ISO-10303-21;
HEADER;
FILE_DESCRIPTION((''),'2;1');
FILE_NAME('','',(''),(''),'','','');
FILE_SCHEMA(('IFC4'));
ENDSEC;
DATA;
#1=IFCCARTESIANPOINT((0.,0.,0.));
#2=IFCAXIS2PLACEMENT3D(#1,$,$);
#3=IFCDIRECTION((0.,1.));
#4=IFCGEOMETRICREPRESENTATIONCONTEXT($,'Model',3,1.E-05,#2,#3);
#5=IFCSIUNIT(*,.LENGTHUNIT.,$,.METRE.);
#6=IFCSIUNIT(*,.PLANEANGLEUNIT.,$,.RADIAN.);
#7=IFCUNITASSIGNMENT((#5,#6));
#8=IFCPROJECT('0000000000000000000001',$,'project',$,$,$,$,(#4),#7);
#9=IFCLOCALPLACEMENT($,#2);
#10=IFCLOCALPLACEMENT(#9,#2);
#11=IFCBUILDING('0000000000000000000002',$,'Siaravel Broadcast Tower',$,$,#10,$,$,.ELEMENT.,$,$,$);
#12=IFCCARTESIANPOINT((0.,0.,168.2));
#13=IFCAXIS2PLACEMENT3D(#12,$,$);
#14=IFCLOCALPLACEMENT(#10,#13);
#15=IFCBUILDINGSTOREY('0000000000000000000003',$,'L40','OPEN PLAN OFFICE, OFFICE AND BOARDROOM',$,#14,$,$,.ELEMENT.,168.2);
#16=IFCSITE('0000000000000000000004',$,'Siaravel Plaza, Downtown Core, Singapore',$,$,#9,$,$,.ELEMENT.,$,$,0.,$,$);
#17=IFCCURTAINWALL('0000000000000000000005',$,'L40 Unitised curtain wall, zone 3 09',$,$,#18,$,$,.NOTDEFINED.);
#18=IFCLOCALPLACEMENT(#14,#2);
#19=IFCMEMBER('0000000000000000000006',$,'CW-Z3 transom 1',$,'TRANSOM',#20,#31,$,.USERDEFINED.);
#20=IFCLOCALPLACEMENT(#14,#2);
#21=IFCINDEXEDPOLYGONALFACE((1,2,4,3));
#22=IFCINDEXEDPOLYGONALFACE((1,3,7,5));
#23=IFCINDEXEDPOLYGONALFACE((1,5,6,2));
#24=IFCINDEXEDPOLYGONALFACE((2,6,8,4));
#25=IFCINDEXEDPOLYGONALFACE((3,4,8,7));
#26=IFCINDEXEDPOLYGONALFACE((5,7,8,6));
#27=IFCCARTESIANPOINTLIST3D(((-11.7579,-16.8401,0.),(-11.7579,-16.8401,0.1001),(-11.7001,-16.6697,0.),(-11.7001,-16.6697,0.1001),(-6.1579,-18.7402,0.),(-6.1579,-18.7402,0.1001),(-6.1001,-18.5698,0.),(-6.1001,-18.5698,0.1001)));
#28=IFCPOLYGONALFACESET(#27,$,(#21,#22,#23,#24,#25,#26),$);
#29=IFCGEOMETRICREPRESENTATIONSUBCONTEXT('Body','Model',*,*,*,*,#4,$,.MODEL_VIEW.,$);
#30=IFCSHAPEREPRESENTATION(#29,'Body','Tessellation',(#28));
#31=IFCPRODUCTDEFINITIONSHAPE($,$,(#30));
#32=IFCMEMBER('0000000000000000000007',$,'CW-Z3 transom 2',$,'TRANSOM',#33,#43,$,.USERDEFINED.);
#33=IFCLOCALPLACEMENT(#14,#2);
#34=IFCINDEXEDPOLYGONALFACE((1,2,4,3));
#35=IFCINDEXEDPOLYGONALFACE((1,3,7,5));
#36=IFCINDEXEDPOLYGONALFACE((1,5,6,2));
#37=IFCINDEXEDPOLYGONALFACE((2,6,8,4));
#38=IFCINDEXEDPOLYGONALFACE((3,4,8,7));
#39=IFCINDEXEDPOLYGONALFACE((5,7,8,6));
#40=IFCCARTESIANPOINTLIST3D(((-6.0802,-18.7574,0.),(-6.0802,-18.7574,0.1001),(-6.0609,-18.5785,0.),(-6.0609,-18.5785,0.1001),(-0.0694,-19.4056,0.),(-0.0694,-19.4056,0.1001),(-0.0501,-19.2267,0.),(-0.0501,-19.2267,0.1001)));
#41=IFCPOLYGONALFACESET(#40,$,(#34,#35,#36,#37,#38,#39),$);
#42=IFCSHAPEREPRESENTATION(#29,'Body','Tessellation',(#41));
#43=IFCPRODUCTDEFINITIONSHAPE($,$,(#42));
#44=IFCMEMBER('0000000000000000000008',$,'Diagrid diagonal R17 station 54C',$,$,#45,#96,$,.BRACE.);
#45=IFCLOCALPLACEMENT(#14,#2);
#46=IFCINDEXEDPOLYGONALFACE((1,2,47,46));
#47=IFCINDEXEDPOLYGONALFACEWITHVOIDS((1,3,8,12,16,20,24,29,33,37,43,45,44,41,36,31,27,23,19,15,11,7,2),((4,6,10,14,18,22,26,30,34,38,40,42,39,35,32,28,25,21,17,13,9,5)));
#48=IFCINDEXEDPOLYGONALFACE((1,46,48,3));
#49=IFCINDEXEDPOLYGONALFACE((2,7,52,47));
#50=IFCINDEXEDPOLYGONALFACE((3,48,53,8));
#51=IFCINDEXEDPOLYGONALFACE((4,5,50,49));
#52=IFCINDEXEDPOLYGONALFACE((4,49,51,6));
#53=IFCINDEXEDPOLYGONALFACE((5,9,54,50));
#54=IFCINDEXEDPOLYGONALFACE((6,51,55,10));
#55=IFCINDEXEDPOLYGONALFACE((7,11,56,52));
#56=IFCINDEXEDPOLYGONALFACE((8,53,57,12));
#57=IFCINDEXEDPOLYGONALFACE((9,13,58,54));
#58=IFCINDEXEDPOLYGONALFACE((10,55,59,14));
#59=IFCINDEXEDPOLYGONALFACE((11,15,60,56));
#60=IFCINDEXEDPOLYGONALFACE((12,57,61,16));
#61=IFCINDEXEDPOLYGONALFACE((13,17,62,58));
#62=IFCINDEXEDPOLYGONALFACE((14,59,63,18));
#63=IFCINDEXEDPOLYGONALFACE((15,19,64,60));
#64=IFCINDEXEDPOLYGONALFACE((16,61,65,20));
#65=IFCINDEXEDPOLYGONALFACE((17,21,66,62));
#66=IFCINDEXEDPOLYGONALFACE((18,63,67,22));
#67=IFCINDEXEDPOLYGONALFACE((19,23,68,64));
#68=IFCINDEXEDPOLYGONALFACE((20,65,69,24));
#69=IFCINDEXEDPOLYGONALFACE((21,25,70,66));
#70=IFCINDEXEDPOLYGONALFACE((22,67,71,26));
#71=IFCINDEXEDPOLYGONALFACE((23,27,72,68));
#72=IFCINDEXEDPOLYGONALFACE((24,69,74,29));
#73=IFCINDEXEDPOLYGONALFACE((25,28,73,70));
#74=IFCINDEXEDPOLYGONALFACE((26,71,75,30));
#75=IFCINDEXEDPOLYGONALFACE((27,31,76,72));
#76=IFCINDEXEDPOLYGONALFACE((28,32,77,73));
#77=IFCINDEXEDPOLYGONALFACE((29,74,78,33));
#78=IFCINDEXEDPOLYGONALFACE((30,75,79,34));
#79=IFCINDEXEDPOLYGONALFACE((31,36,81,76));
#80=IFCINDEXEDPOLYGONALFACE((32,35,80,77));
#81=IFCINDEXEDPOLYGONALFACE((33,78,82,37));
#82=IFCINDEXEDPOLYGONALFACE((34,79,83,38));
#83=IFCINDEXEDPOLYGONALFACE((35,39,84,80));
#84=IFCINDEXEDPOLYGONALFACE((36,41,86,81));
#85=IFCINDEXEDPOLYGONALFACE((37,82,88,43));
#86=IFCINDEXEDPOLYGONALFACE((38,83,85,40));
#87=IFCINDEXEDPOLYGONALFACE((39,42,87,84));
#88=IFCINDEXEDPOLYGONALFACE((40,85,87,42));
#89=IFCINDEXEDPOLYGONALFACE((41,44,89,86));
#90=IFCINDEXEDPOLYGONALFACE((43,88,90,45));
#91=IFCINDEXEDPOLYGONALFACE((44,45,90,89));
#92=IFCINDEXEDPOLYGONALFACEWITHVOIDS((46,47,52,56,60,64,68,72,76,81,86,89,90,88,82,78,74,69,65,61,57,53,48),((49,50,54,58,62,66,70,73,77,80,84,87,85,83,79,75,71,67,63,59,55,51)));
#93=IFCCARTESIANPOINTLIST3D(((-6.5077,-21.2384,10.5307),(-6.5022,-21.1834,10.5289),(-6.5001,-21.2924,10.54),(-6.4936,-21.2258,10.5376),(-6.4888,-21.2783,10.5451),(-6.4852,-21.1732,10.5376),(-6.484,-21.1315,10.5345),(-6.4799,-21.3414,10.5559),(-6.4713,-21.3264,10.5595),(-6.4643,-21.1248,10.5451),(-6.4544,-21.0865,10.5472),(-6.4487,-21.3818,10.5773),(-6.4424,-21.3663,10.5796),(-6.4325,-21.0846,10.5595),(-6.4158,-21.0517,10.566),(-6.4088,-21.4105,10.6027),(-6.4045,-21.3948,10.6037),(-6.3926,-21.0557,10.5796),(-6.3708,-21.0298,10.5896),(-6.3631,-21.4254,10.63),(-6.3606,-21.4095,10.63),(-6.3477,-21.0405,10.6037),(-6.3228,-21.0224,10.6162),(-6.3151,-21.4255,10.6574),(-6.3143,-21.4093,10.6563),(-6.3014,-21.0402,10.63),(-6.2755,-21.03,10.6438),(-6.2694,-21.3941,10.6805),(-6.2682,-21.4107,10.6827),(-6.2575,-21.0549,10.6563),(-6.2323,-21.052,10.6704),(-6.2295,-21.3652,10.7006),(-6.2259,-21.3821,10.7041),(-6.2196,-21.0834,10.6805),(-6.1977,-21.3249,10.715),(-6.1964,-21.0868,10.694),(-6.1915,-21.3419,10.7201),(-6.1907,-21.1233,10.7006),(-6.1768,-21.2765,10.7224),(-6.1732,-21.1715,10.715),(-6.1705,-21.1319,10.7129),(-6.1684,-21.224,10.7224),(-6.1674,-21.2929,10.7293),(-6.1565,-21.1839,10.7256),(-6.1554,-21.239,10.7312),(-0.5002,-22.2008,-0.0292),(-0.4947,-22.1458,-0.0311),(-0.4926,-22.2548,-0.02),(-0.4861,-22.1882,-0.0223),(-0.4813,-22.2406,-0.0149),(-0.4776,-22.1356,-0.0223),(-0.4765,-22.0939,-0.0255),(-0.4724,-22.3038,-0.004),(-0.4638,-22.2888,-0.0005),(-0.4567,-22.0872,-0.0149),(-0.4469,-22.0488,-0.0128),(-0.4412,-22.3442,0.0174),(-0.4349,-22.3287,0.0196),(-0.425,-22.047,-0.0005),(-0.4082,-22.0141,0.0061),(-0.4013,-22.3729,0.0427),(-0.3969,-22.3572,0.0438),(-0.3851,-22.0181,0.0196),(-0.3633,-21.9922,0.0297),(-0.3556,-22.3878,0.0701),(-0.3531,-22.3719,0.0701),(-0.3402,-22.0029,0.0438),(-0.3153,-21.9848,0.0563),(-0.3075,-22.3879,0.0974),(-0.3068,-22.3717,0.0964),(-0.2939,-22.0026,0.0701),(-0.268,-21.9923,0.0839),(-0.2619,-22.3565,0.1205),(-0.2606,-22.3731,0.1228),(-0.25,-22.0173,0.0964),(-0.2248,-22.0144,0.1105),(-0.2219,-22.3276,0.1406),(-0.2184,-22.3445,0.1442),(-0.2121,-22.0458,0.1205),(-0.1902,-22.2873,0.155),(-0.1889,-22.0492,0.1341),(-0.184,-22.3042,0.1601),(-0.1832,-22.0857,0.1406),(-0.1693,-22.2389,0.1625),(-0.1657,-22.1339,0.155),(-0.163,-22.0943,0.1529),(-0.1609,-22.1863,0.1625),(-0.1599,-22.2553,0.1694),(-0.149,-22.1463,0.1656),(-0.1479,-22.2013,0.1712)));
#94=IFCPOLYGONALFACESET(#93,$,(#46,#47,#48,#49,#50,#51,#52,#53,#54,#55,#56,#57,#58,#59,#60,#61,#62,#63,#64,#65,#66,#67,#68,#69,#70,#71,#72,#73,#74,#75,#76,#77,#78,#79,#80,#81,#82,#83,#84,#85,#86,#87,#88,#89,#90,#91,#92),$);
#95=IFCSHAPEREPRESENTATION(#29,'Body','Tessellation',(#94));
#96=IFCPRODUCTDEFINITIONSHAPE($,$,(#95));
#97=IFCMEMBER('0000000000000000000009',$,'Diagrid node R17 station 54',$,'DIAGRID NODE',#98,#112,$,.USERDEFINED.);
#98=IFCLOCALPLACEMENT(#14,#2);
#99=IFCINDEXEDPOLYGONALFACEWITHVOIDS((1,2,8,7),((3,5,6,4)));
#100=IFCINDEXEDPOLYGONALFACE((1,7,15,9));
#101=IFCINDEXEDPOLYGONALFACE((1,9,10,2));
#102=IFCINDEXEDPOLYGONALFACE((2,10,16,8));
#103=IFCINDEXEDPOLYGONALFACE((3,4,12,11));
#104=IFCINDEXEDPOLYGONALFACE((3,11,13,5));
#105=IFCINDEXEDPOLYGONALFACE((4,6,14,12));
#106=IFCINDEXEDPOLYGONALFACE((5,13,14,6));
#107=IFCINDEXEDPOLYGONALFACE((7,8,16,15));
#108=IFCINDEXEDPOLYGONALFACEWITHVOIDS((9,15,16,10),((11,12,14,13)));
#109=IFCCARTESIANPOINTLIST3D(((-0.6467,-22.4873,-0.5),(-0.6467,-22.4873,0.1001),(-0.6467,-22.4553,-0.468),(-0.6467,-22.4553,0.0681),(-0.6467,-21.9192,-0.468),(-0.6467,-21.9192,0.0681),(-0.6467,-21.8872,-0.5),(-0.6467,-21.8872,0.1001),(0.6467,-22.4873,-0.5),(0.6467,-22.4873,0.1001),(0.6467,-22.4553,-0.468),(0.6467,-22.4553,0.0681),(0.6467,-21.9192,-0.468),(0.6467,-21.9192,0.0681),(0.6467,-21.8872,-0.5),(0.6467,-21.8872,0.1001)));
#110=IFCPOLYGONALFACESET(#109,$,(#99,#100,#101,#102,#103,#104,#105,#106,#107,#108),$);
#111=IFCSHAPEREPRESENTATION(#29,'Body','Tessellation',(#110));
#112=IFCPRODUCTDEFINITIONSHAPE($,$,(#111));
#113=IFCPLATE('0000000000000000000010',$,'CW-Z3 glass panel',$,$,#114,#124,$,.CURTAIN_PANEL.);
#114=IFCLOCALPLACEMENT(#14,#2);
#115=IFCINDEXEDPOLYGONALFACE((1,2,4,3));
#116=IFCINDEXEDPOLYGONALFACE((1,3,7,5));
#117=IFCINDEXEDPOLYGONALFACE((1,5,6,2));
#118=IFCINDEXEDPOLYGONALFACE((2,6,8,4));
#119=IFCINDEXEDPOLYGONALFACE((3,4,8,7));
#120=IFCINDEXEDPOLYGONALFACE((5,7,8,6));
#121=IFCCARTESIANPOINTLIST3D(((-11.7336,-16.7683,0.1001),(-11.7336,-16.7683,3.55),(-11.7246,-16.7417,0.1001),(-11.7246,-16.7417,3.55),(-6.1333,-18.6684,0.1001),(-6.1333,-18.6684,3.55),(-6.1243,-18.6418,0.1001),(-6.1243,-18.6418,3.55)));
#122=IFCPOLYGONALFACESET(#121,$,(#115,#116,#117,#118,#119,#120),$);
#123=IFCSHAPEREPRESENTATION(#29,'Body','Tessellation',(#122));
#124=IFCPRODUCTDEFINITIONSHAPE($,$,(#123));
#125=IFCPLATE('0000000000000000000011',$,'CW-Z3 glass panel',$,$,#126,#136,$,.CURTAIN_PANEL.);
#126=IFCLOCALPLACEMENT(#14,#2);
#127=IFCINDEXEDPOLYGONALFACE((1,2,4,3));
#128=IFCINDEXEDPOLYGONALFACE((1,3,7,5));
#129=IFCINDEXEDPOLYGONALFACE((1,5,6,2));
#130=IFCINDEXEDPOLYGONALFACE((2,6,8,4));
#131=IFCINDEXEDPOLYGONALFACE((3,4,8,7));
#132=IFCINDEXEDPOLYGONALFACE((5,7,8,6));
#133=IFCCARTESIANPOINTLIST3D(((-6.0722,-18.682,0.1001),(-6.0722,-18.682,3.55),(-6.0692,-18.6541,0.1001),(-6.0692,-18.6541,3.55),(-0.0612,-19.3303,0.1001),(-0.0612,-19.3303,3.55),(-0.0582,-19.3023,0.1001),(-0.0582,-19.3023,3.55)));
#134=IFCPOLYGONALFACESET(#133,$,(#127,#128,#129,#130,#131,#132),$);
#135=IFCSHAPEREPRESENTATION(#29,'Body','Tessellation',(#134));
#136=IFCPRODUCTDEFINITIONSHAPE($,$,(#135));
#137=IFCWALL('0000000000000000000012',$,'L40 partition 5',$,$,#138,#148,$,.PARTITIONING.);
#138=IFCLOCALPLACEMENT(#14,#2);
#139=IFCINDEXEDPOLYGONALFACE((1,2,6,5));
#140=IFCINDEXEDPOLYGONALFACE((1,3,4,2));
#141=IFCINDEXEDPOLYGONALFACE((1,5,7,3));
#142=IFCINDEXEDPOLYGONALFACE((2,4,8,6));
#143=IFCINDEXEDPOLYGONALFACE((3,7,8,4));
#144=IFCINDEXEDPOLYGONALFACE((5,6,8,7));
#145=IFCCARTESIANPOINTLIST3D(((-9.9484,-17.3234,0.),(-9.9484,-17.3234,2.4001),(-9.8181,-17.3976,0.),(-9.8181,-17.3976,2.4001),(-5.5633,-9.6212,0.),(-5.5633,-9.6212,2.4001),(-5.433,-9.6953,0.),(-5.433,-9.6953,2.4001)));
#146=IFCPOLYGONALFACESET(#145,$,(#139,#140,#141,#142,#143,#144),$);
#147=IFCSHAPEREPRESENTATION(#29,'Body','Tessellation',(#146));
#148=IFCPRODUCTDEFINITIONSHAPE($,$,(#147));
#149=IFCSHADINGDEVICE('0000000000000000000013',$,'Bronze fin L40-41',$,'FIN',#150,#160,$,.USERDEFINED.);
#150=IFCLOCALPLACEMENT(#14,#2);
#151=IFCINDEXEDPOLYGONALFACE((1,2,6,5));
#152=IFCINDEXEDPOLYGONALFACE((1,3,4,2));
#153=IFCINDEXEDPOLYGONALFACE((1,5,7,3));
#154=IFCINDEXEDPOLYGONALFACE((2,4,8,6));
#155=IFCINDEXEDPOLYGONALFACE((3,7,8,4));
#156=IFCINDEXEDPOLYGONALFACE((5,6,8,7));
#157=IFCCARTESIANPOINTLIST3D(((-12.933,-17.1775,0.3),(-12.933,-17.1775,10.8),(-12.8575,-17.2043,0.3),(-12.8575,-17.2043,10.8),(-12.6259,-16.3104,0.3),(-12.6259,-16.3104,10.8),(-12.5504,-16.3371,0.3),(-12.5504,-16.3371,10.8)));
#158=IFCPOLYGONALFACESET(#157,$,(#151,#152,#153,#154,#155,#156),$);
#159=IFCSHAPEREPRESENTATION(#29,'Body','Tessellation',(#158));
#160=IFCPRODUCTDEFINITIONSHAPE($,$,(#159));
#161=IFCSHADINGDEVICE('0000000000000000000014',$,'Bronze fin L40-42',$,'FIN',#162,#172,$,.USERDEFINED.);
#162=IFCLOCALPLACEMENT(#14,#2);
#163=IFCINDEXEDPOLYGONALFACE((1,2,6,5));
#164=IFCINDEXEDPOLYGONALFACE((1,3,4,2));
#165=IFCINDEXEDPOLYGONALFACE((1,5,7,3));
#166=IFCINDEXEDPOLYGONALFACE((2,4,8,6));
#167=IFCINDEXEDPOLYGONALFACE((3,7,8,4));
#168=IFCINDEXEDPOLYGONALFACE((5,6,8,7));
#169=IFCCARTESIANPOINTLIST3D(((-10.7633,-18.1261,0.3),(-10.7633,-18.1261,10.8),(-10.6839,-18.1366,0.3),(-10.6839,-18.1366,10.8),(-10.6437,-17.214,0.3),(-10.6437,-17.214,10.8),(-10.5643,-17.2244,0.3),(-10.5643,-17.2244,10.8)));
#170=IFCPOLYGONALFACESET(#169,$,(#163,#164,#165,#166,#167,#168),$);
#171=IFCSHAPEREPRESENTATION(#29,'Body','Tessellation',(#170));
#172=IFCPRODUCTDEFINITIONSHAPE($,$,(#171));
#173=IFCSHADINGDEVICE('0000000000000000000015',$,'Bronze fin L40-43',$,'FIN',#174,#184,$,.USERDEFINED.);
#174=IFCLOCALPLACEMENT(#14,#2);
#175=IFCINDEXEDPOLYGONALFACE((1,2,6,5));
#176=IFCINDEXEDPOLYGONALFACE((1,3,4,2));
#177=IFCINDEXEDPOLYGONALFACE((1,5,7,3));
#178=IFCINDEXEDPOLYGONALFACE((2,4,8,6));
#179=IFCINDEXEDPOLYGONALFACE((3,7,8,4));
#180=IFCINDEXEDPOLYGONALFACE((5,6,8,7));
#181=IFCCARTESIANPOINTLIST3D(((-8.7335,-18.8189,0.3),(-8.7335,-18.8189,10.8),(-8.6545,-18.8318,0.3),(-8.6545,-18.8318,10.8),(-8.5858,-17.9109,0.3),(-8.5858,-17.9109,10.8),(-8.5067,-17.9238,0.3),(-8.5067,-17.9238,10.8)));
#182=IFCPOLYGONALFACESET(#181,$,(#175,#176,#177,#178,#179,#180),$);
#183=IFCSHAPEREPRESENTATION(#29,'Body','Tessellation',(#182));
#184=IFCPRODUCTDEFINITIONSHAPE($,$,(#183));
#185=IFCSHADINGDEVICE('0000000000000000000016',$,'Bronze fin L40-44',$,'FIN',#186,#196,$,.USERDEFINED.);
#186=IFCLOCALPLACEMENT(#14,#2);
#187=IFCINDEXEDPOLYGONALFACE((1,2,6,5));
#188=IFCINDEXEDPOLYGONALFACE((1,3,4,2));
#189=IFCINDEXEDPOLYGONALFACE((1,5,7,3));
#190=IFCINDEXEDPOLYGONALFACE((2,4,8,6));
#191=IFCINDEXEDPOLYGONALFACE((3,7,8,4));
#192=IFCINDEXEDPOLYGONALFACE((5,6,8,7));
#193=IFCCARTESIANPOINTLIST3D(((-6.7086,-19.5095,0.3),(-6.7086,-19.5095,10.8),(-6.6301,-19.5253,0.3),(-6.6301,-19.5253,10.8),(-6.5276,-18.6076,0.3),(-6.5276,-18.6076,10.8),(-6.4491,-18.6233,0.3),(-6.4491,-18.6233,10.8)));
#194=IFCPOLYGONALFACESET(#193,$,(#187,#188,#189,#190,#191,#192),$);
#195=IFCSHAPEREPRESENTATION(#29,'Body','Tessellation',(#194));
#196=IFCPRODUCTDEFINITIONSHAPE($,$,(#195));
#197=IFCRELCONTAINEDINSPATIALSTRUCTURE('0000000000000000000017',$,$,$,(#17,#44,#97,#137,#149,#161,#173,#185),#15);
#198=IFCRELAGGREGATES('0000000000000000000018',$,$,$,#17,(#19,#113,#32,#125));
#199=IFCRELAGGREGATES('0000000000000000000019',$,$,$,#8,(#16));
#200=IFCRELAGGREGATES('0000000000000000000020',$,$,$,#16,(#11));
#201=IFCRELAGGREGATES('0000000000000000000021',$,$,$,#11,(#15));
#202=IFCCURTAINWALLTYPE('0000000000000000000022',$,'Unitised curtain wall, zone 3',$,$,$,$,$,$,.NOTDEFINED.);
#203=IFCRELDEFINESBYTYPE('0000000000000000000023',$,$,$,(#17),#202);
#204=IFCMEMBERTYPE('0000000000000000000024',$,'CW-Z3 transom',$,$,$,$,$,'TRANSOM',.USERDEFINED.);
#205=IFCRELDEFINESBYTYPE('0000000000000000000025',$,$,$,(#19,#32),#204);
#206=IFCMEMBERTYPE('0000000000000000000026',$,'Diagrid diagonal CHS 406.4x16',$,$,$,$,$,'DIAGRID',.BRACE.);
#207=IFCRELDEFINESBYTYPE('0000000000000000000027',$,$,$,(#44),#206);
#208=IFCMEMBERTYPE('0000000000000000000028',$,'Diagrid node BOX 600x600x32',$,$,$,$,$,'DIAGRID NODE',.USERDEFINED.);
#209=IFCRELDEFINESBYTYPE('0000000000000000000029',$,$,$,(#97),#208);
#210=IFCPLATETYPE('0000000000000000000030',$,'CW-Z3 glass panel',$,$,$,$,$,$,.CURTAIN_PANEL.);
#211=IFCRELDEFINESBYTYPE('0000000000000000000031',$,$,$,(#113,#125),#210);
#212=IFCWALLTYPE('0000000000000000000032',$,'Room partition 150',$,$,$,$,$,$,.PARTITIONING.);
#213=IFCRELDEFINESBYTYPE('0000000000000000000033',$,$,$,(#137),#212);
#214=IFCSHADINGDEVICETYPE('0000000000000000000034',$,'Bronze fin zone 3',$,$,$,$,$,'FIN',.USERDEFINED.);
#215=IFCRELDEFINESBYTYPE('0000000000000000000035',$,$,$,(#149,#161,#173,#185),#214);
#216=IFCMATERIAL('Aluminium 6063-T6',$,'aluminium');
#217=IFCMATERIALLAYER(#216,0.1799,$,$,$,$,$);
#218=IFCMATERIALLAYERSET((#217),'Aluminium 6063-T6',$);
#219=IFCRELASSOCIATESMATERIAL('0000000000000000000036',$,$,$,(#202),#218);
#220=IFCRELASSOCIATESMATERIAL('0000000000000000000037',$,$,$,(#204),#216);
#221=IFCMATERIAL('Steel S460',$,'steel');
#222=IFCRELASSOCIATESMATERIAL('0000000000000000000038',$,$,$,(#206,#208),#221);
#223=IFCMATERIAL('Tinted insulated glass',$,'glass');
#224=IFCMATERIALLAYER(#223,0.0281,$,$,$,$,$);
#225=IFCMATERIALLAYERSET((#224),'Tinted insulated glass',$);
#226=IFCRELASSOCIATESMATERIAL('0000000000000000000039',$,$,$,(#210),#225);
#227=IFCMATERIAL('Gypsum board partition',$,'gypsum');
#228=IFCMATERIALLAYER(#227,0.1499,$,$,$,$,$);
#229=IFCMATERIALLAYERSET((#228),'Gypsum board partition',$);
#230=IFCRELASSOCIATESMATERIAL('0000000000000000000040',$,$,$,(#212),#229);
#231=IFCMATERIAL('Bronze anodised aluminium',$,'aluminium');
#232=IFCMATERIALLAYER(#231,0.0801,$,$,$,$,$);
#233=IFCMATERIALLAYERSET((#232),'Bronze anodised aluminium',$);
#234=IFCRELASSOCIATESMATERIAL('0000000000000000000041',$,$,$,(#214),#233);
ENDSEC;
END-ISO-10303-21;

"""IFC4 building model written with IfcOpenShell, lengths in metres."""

from ifc_helpers import new_model, si_unit, direction, frame, frame_2d, origin, origin_2d, place, context, subcontext, project, spatial, rectangle, hollow_rectangle, hollow_circle, extrude, material, layer, layer_set, material_profile, profile_set, type_object, element, aggregate, save


model = new_model("IFC4")

# Units and contexts
model_context = context("Model", 3, precision=1e-05, world=origin(), true_north=direction((0.0, 1.0)))
body_context = subcontext(model_context, "Body", "Model", "MODEL_VIEW")
ifc_project = project(units=[si_unit("LENGTHUNIT", "METRE"), si_unit("PLANEANGLEUNIT", "RADIAN")], contexts=[model_context])

# Site, building, storey
site_placement = place(None, origin())
site = spatial("IfcSite", under=ifc_project, at=site_placement, Name="Siaravel Plaza, Downtown Core, Singapore", CompositionType="ELEMENT", RefElevation=0.0)
building_placement = place(site_placement, origin())
building = spatial("IfcBuilding", under=site, at=building_placement, Name="Siaravel Broadcast Tower", CompositionType="ELEMENT")
storey_placement = place(building_placement, frame((0.0, 0.0, 168.2)))
storey = spatial("IfcBuildingStorey", under=building, at=storey_placement, Name="L40", Description="OPEN PLAN OFFICE, OFFICE AND BOARDROOM", CompositionType="ELEMENT", Elevation=168.2)

# Curtain wall, members
ifc_material_1 = material(Name="Aluminium 6063-T6", Category="aluminium")
ifc_layer_1 = layer(ifc_material_1, 0.1799)
ifc_layer_set_1 = layer_set([ifc_layer_1], Name="Aluminium 6063-T6")
curtain_wall_type = type_object("IfcCurtainWallType", Name="Unitised curtain wall, zone 3", PredefinedType="NOTDEFINED", material=ifc_layer_set_1)
curtain_wall_placement = place(storey_placement, origin())
curtain_wall = element("IfcCurtainWall", 1, at=curtain_wall_placement, inside=storey, type_object=curtain_wall_type, Name="L40 Unitised curtain wall, zone 3 09", PredefinedType="NOTDEFINED")
ifc_material_profile_1 = material_profile(ifc_material_1, rectangle(XDim=0.1799, YDim=0.1001, at=origin_2d()))
ifc_profile_set_1 = profile_set([ifc_material_profile_1], Name="Aluminium 6063-T6")
member_type_1 = type_object("IfcMemberType", Name="CW-Z3 transom", ElementType="TRANSOM", PredefinedType="USERDEFINED", material=ifc_profile_set_1)
member_1_placement = place(storey_placement, frame((-11.729, -16.7549, 0.05), z_axis=(0.946973, -0.321314, 0.0), x_axis=(0.321314, 0.946973, 0.0)))
member_1 = element("IfcMember", 2, at=member_1_placement, type_object=member_type_1, Name="CW-Z3 transom 1", ObjectType="TRANSOM", PredefinedType="USERDEFINED", context=body_context, shape_type="SweptSolid", body=[
    extrude(rectangle(XDim=0.1799, YDim=0.1001, at=origin_2d()), origin(), (0.0, 0.0, 1.0), 5.9136),
])
member_2_placement = place(storey_placement, frame((-6.0706, -18.668, 0.05), z_axis=(0.994236, -0.107218, 0.0), x_axis=(0.107218, 0.994236, 0.0)))
member_2 = element("IfcMember", 3, at=member_2_placement, type_object=member_type_1, Name="CW-Z3 transom 2", ObjectType="TRANSOM", PredefinedType="USERDEFINED", context=body_context, shape_type="SweptSolid", body=[
    extrude(rectangle(XDim=0.1799, YDim=0.1001, at=origin_2d()), origin(), (0.0, 0.0, 1.0), 6.0457),
])

# Members
ifc_material_2 = material(Name="Steel S460", Category="steel")
ifc_material_profile_2 = material_profile(ifc_material_2, hollow_circle(Radius=0.2031, WallThickness=0.0161, at=origin_2d()))
ifc_profile_set_2 = profile_set([ifc_material_profile_2], Name="Steel S460")
member_type_2 = type_object("IfcMemberType", Name="Diagrid diagonal CHS 406.4x16", ElementType="DIAGRID", PredefinedType="BRACE", material=ifc_profile_set_2)
member_3_placement = place(storey_placement, frame((-0.3235, -22.1873, 0.0701), z_axis=(-0.492934, 0.078967, 0.866476), x_axis=(-0.158181, -0.98741, 0.0)))
element("IfcMember", 4, at=member_3_placement, inside=storey, type_object=member_type_2, Name="Diagrid diagonal R17 station 54C", PredefinedType="BRACE", context=body_context, shape_type="SweptSolid", body=[
    extrude(hollow_circle(Radius=0.2031, WallThickness=0.0161, at=origin_2d()), origin(), (0.0, 0.0, 1.0), 12.1873),
])
ifc_material_profile_3 = material_profile(ifc_material_2, hollow_rectangle(XDim=0.6001, YDim=0.6001, WallThickness=0.032, at=origin_2d()))
ifc_profile_set_3 = profile_set([ifc_material_profile_3], Name="Steel S460")
member_type_3 = type_object("IfcMemberType", Name="Diagrid node BOX 600x600x32", ElementType="DIAGRID NODE", PredefinedType="USERDEFINED", material=ifc_profile_set_3)
member_4_placement = place(storey_placement, frame((-0.6467, -22.1873, -0.2), z_axis=(1.0, 0.0, 0.0), x_axis=(0.0, 1.0, 0.0)))
element("IfcMember", 5, at=member_4_placement, inside=storey, type_object=member_type_3, Name="Diagrid node R17 station 54", ObjectType="DIAGRID NODE", PredefinedType="USERDEFINED", context=body_context, shape_type="SweptSolid", body=[
    extrude(hollow_rectangle(XDim=0.6001, YDim=0.6001, WallThickness=0.032, at=origin_2d()), origin(), (0.0, 0.0, 1.0), 1.2935),
])

# Plates
ifc_material_3 = material(Name="Tinted insulated glass", Category="glass")
ifc_layer_2 = layer(ifc_material_3, 0.0281)
ifc_layer_set_2 = layer_set([ifc_layer_2], Name="Tinted insulated glass")
plate_type = type_object("IfcPlateType", Name="CW-Z3 glass panel", PredefinedType="CURTAIN_PANEL", material=ifc_layer_set_2)
plate_1_placement = place(storey_placement, frame((-8.929, -17.7051, 0.1001), z_axis=(0.0, 0.0, 1.0), x_axis=(0.946977, -0.3213, 0.0)))
plate_1 = element("IfcPlate", 6, at=plate_1_placement, type_object=plate_type, Name="CW-Z3 glass panel", PredefinedType="CURTAIN_PANEL", context=body_context, shape_type="SweptSolid", body=[
    extrude(rectangle(XDim=5.9138, YDim=0.0281, at=origin_2d()), origin(), (0.0, 0.0, 1.0), 3.45),
])
plate_2_placement = place(storey_placement, frame((-3.0652, -18.9922, 0.1001), z_axis=(0.0, 0.0, 1.0), x_axis=(0.994236, -0.107217, 0.0)))
plate_2 = element("IfcPlate", 7, at=plate_2_placement, type_object=plate_type, Name="CW-Z3 glass panel", PredefinedType="CURTAIN_PANEL", context=body_context, shape_type="SweptSolid", body=[
    extrude(rectangle(XDim=6.0459, YDim=0.0281, at=origin_2d()), origin(), (0.0, 0.0, 1.0), 3.45),
])
aggregate(curtain_wall, [member_1, plate_1, member_2, plate_2])

# Wall
ifc_material_4 = material(Name="Gypsum board partition", Category="gypsum")
ifc_layer_3 = layer(ifc_material_4, 0.1499)
ifc_layer_set_3 = layer_set([ifc_layer_3], Name="Gypsum board partition")
wall_type = type_object("IfcWallType", Name="Room partition 150", PredefinedType="PARTITIONING", material=ifc_layer_set_3)
wall_placement = place(storey_placement, frame((-9.8833, -17.3606, 0.0), z_axis=(0.0, 0.0, 1.0), x_axis=(0.494759, 0.86903, 0.0)))
element("IfcWall", 8, at=wall_placement, inside=storey, type_object=wall_type, Name="L40 partition 5", PredefinedType="PARTITIONING", context=body_context, shape_type="SweptSolid", body=[
    extrude(rectangle(XDim=8.863, YDim=0.1499, at=frame_2d((4.4316, 0.0))), origin(), (0.0, 0.0, 1.0), 2.4001),
])

# Shading devices
ifc_material_5 = material(Name="Bronze anodised aluminium", Category="aluminium")
ifc_layer_4 = layer(ifc_material_5, 0.0801)
ifc_layer_set_4 = layer_set([ifc_layer_4], Name="Bronze anodised aluminium")
shading_device_type = type_object("IfcShadingDeviceType", Name="Bronze fin zone 3", ElementType="FIN", PredefinedType="USERDEFINED", material=ifc_layer_set_4)
for number, where, z_axis, x_axis, name in (
    (9, (-12.7417, -16.7573, 0.3), (0.0, 0.0, 1.0), (-0.333879, -0.942616, 0.0), "Bronze fin L40-41"),
    (10, (-10.6638, -17.6753, 0.3), (0.0, 0.0, 1.0), (-0.13, -0.991514, 0.0), "Bronze fin L40-42"),
    (11, (-8.6201, -18.3713, 0.3), (0.0, 0.0, 1.0), (-0.160613, -0.987017, 0.0), "Bronze fin L40-43"),
    (12, (-6.5789, -19.0664, 0.3), (0.0, 0.0, 1.0), (-0.196793, -0.980445, 0.0), "Bronze fin L40-44"),
):
    element("IfcShadingDevice", number, at=place(storey_placement, frame(where, z_axis=z_axis, x_axis=x_axis)), inside=storey, type_object=shading_device_type, Name=name, ObjectType="FIN", PredefinedType="USERDEFINED", context=body_context, shape_type="SweptSolid", body=[
        extrude(rectangle(XDim=0.9199, YDim=0.0801, at=origin_2d()), origin(), (0.0, 0.0, 1.0), 10.5),
    ])

save(model, "model.ifc")
